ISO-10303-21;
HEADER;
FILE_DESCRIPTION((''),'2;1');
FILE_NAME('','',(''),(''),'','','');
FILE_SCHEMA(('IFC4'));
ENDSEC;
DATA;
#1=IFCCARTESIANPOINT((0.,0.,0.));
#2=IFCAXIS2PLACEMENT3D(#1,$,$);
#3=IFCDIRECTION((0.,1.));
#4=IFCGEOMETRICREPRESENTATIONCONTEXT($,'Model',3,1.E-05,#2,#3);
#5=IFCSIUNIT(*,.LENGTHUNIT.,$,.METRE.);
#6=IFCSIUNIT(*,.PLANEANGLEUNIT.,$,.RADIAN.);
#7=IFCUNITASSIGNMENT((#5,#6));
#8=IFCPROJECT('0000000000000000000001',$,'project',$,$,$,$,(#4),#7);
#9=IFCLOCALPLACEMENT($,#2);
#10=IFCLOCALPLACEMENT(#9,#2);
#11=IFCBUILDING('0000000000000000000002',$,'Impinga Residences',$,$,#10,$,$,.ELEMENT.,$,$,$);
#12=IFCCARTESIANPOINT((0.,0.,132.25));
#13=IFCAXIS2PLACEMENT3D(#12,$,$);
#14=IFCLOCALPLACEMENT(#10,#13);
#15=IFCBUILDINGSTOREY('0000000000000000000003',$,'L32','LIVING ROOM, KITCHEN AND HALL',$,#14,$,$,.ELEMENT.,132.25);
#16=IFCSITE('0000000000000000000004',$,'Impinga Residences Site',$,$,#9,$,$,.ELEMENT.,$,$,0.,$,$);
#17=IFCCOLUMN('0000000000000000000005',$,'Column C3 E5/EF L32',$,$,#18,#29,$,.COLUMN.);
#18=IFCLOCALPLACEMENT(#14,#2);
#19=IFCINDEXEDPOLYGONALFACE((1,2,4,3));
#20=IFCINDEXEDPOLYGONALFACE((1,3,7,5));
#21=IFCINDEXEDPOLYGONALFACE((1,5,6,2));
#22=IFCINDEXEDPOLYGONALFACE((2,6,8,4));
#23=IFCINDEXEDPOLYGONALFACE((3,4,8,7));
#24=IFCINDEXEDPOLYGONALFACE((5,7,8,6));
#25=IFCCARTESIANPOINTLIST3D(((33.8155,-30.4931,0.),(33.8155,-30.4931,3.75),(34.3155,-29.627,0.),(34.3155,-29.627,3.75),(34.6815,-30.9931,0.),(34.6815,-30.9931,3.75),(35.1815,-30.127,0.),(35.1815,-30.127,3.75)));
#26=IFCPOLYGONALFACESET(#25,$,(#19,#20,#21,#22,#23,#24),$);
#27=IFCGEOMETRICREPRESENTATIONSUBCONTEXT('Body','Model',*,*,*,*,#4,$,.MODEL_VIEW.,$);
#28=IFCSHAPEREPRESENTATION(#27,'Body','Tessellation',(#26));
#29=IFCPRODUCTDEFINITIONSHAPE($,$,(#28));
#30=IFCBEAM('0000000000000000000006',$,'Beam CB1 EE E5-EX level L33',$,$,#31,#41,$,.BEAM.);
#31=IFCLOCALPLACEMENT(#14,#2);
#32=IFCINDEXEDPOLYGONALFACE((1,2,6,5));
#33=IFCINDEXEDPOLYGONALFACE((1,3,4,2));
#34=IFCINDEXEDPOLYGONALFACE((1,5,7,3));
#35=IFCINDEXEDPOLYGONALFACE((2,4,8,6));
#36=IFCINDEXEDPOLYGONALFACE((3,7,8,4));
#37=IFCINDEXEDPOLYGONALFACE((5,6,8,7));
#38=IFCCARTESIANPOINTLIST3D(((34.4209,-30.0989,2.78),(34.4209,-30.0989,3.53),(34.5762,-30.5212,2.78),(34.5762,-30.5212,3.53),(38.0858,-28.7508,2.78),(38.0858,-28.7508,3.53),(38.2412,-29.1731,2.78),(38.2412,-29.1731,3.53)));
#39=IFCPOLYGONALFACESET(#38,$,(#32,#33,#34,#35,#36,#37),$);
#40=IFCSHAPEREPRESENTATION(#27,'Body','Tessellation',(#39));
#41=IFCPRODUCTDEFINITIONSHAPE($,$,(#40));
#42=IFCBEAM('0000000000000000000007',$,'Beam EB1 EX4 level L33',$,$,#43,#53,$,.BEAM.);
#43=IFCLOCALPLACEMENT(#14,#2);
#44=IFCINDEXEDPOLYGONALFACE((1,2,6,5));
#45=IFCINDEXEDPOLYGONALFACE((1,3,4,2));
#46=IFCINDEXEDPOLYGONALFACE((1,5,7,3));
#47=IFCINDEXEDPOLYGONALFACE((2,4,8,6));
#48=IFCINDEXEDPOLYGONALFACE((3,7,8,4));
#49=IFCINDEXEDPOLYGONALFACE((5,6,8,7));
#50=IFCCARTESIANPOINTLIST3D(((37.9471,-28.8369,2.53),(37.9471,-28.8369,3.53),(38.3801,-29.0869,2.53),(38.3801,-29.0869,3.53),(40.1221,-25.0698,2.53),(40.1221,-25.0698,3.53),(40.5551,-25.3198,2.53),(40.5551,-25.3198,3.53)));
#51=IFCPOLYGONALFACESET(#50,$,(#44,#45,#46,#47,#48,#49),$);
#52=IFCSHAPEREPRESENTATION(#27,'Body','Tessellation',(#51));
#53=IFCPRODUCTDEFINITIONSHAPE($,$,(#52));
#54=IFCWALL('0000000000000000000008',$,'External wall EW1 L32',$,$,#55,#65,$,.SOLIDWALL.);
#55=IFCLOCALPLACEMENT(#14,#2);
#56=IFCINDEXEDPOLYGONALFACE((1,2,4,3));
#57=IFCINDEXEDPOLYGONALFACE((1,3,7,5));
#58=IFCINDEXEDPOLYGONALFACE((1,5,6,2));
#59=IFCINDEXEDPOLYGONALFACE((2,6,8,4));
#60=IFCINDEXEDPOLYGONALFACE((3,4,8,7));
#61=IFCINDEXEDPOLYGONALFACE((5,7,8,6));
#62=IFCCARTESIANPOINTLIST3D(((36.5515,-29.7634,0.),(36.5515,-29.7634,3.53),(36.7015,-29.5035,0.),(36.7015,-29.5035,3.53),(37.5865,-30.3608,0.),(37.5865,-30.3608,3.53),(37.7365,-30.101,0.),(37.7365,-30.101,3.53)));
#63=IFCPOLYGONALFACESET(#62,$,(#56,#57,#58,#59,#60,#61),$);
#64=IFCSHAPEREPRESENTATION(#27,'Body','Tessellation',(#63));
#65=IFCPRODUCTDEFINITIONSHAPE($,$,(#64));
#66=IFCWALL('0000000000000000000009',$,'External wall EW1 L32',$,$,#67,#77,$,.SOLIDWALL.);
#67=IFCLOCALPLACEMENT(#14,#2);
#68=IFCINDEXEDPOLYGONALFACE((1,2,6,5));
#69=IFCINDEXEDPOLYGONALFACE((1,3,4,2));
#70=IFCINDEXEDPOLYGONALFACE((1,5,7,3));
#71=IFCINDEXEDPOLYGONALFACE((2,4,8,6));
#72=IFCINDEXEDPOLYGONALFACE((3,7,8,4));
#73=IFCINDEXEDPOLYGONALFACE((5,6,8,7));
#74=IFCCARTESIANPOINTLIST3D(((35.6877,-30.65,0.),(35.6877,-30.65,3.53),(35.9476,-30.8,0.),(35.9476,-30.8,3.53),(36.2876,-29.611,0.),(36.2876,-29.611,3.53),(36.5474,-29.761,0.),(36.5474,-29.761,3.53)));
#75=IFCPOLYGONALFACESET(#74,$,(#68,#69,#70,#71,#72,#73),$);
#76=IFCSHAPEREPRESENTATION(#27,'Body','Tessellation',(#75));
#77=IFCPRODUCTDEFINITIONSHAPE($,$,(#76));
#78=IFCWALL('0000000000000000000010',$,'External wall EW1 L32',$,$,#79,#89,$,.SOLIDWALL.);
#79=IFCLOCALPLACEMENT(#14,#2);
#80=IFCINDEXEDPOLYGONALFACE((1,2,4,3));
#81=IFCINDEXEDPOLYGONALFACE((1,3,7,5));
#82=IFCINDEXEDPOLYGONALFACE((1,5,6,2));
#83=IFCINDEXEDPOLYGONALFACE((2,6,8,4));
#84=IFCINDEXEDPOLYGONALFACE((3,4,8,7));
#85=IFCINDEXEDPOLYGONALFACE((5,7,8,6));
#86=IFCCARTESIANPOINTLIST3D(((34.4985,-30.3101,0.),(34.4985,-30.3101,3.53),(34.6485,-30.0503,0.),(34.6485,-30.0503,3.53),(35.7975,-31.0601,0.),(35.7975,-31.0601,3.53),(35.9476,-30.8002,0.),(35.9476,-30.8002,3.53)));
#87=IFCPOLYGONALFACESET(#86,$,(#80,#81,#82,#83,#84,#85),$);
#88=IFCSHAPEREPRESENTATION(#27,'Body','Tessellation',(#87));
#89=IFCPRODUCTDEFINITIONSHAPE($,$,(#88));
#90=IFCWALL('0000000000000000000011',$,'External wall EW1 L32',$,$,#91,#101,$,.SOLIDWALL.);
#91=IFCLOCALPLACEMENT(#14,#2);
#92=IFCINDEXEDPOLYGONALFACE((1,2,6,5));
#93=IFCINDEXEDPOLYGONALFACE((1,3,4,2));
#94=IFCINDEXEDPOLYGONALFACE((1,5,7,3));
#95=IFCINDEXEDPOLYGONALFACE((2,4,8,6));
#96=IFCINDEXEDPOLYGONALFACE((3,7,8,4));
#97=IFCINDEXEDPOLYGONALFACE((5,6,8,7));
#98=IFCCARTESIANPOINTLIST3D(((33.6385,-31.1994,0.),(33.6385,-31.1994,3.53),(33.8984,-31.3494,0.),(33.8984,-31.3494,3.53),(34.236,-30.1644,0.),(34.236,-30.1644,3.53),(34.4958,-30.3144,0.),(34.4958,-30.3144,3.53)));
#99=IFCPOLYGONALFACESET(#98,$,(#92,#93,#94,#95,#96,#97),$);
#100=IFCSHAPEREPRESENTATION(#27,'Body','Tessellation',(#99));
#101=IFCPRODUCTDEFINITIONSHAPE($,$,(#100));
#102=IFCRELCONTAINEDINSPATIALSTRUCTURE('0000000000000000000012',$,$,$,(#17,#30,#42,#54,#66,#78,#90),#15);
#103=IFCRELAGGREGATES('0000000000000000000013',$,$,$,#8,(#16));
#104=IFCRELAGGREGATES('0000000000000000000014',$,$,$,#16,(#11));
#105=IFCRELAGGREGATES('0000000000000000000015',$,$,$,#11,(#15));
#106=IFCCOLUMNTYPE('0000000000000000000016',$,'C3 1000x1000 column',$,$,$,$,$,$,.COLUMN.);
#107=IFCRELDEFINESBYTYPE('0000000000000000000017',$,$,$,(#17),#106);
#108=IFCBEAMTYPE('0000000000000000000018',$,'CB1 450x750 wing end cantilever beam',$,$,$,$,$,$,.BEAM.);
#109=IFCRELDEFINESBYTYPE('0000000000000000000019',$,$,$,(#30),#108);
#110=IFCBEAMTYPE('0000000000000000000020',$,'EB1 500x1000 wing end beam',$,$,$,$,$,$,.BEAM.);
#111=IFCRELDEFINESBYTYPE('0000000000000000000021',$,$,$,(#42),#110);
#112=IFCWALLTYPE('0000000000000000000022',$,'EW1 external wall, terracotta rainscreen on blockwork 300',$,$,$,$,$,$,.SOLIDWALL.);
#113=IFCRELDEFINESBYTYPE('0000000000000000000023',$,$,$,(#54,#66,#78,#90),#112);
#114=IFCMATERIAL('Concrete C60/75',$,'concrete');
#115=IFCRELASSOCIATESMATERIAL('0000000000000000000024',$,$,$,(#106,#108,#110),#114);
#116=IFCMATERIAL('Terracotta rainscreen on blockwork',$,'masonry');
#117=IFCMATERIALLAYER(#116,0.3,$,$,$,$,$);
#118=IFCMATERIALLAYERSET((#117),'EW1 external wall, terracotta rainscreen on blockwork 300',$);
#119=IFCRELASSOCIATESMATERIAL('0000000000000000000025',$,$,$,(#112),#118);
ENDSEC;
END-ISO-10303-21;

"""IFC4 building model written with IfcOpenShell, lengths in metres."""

from ifc_helpers import new_model, si_unit, direction, frame, frame_2d, origin, origin_2d, place, context, subcontext, project, spatial, rectangle, extrude, material, layer, layer_set, material_profile, profile_set, type_object, element, save


model = new_model("IFC4")

# Units and contexts
model_context = context("Model", 3, precision=1e-05, world=origin(), true_north=direction((0.0, 1.0)))
body_context = subcontext(model_context, "Body", "Model", "MODEL_VIEW")
ifc_project = project(units=[si_unit("LENGTHUNIT", "METRE"), si_unit("PLANEANGLEUNIT", "RADIAN")], contexts=[model_context])

# Site, building, storey
site_placement = place(None, origin())
site = spatial("IfcSite", under=ifc_project, at=site_placement, Name="Impinga Residences Site", CompositionType="ELEMENT", RefElevation=0.0)
building_placement = place(site_placement, origin())
building = spatial("IfcBuilding", under=site, at=building_placement, Name="Impinga Residences", CompositionType="ELEMENT")
storey_placement = place(building_placement, frame((0.0, 0.0, 132.25)))
storey = spatial("IfcBuildingStorey", under=building, at=storey_placement, Name="L32", Description="LIVING ROOM, KITCHEN AND HALL", CompositionType="ELEMENT", Elevation=132.25)

# Column
ifc_material_1 = material(Name="Concrete C60/75", Category="concrete")
ifc_material_profile_1 = material_profile(ifc_material_1, rectangle(XDim=1.0, YDim=1.0, at=origin_2d()), Name="RC 1000x1000")
ifc_profile_set_1 = profile_set([ifc_material_profile_1], Name="Concrete C60/75")
column_type = type_object("IfcColumnType", Name="C3 1000x1000 column", PredefinedType="COLUMN", material=ifc_profile_set_1)
column_placement = place(storey_placement, frame((34.4985, -30.3101, 0.0), z_axis=(0.0, 0.0, 1.0), x_axis=(-0.5, -0.866025, 0.0)))
element("IfcColumn", 1, at=column_placement, inside=storey, type_object=column_type, Name="Column C3 E5/EF L32", PredefinedType="COLUMN", context=body_context, shape_type="SweptSolid", body=[
    extrude(rectangle(XDim=1.0, YDim=1.0, at=origin_2d()), origin(), (0.0, 0.0, 1.0), 3.75),
])

# Beams
ifc_material_profile_2 = material_profile(ifc_material_1, rectangle(XDim=0.45, YDim=0.75, at=origin_2d()), Name="RC 450x750")
ifc_profile_set_2 = profile_set([ifc_material_profile_2], Name="Concrete C60/75")
beam_type_1 = type_object("IfcBeamType", Name="CB1 450x750 wing end cantilever beam", PredefinedType="BEAM", material=ifc_profile_set_2)
beam_1_placement = place(storey_placement, frame((34.4985, -30.3101, 3.155), z_axis=(0.93852, 0.345224, 0.0), x_axis=(-0.345224, 0.93852, 0.0)))
element("IfcBeam", 2, at=beam_1_placement, inside=storey, type_object=beam_type_1, Name="Beam CB1 EE E5-EX level L33", PredefinedType="BEAM", context=body_context, shape_type="SweptSolid", body=[
    extrude(rectangle(XDim=0.45, YDim=0.75, at=origin_2d()), origin(), (0.0, 0.0, 1.0), 3.905),
])
ifc_material_profile_3 = material_profile(ifc_material_1, rectangle(XDim=0.5, YDim=1.0, at=origin_2d()), Name="RC 500x1000")
ifc_profile_set_3 = profile_set([ifc_material_profile_3], Name="Concrete C60/75")
beam_type_2 = type_object("IfcBeamType", Name="EB1 500x1000 wing end beam", PredefinedType="BEAM", material=ifc_profile_set_3)
beam_2_placement = place(storey_placement, frame((40.3386, -25.1948, 3.03), z_axis=(-0.50002, -0.866014, 0.0), x_axis=(0.866014, -0.50002, 0.0)))
element("IfcBeam", 3, at=beam_2_placement, inside=storey, type_object=beam_type_2, Name="Beam EB1 EX4 level L33", PredefinedType="BEAM", context=body_context, shape_type="SweptSolid", body=[
    extrude(rectangle(XDim=0.5, YDim=1.0, at=origin_2d()), origin(), (0.0, 0.0, 1.0), 4.3499),
])

# Walls
ifc_material_2 = material(Name="Terracotta rainscreen on blockwork", Category="masonry")
ifc_layer_1 = layer(ifc_material_2, 0.3)
ifc_layer_set_1 = layer_set([ifc_layer_1], Name="EW1 external wall, terracotta rainscreen on blockwork 300")
wall_type_1 = type_object("IfcWallType", Name="EW1 external wall, terracotta rainscreen on blockwork 300", PredefinedType="SOLIDWALL", material=ifc_layer_set_1)
wall_1_placement = place(storey_placement, frame((37.6616, -30.231, 0.0), z_axis=(0.0, 0.0, 1.0), x_axis=(-0.86606, 0.499941, 0.0)))
element("IfcWall", 4, at=wall_1_placement, inside=storey, type_object=wall_type_1, Name="External wall EW1 L32", PredefinedType="SOLIDWALL", context=body_context, shape_type="SweptSolid", body=[
    extrude(rectangle(XDim=1.1951, YDim=0.3, at=frame_2d((0.5977, 0.0))), origin(), (0.0, 0.0, 1.0), 3.53),
])
wall_2_placement = place(storey_placement, frame((36.4175, -29.686, 0.0), z_axis=(0.0, 0.0, 1.0), x_axis=(-0.499969, -0.866043, 0.0)))
element("IfcWall", 5, at=wall_2_placement, inside=storey, type_object=wall_type_1, Name="External wall EW1 L32", PredefinedType="SOLIDWALL", context=body_context, shape_type="SweptSolid", body=[
    extrude(rectangle(XDim=1.1997, YDim=0.3, at=frame_2d((0.5999, 0.0))), origin(), (0.0, 0.0, 1.0), 3.53),
])
wall_3_placement = place(storey_placement, frame((35.8726, -30.9302, 0.0), z_axis=(0.0, 0.0, 1.0), x_axis=(-0.866031, 0.49999, 0.0)))
element("IfcWall", 6, at=wall_3_placement, inside=storey, type_object=wall_type_1, Name="External wall EW1 L32", PredefinedType="SOLIDWALL", context=body_context, shape_type="SweptSolid", body=[
    extrude(rectangle(XDim=1.5, YDim=0.3, at=frame_2d((0.75, 0.0))), origin(), (0.0, 0.0, 1.0), 3.53),
])
wall_4_placement = place(storey_placement, frame((34.366, -30.2393, 0.0), z_axis=(0.0, 0.0, 1.0), x_axis=(-0.499941, -0.86606, 0.0)))
element("IfcWall", 7, at=wall_4_placement, inside=storey, type_object=wall_type_1, Name="External wall EW1 L32", PredefinedType="SOLIDWALL", context=body_context, shape_type="SweptSolid", body=[
    extrude(rectangle(XDim=1.1951, YDim=0.3, at=frame_2d((0.5977, 0.0))), origin(), (0.0, 0.0, 1.0), 3.53),
])

save(model, "model.ifc")
